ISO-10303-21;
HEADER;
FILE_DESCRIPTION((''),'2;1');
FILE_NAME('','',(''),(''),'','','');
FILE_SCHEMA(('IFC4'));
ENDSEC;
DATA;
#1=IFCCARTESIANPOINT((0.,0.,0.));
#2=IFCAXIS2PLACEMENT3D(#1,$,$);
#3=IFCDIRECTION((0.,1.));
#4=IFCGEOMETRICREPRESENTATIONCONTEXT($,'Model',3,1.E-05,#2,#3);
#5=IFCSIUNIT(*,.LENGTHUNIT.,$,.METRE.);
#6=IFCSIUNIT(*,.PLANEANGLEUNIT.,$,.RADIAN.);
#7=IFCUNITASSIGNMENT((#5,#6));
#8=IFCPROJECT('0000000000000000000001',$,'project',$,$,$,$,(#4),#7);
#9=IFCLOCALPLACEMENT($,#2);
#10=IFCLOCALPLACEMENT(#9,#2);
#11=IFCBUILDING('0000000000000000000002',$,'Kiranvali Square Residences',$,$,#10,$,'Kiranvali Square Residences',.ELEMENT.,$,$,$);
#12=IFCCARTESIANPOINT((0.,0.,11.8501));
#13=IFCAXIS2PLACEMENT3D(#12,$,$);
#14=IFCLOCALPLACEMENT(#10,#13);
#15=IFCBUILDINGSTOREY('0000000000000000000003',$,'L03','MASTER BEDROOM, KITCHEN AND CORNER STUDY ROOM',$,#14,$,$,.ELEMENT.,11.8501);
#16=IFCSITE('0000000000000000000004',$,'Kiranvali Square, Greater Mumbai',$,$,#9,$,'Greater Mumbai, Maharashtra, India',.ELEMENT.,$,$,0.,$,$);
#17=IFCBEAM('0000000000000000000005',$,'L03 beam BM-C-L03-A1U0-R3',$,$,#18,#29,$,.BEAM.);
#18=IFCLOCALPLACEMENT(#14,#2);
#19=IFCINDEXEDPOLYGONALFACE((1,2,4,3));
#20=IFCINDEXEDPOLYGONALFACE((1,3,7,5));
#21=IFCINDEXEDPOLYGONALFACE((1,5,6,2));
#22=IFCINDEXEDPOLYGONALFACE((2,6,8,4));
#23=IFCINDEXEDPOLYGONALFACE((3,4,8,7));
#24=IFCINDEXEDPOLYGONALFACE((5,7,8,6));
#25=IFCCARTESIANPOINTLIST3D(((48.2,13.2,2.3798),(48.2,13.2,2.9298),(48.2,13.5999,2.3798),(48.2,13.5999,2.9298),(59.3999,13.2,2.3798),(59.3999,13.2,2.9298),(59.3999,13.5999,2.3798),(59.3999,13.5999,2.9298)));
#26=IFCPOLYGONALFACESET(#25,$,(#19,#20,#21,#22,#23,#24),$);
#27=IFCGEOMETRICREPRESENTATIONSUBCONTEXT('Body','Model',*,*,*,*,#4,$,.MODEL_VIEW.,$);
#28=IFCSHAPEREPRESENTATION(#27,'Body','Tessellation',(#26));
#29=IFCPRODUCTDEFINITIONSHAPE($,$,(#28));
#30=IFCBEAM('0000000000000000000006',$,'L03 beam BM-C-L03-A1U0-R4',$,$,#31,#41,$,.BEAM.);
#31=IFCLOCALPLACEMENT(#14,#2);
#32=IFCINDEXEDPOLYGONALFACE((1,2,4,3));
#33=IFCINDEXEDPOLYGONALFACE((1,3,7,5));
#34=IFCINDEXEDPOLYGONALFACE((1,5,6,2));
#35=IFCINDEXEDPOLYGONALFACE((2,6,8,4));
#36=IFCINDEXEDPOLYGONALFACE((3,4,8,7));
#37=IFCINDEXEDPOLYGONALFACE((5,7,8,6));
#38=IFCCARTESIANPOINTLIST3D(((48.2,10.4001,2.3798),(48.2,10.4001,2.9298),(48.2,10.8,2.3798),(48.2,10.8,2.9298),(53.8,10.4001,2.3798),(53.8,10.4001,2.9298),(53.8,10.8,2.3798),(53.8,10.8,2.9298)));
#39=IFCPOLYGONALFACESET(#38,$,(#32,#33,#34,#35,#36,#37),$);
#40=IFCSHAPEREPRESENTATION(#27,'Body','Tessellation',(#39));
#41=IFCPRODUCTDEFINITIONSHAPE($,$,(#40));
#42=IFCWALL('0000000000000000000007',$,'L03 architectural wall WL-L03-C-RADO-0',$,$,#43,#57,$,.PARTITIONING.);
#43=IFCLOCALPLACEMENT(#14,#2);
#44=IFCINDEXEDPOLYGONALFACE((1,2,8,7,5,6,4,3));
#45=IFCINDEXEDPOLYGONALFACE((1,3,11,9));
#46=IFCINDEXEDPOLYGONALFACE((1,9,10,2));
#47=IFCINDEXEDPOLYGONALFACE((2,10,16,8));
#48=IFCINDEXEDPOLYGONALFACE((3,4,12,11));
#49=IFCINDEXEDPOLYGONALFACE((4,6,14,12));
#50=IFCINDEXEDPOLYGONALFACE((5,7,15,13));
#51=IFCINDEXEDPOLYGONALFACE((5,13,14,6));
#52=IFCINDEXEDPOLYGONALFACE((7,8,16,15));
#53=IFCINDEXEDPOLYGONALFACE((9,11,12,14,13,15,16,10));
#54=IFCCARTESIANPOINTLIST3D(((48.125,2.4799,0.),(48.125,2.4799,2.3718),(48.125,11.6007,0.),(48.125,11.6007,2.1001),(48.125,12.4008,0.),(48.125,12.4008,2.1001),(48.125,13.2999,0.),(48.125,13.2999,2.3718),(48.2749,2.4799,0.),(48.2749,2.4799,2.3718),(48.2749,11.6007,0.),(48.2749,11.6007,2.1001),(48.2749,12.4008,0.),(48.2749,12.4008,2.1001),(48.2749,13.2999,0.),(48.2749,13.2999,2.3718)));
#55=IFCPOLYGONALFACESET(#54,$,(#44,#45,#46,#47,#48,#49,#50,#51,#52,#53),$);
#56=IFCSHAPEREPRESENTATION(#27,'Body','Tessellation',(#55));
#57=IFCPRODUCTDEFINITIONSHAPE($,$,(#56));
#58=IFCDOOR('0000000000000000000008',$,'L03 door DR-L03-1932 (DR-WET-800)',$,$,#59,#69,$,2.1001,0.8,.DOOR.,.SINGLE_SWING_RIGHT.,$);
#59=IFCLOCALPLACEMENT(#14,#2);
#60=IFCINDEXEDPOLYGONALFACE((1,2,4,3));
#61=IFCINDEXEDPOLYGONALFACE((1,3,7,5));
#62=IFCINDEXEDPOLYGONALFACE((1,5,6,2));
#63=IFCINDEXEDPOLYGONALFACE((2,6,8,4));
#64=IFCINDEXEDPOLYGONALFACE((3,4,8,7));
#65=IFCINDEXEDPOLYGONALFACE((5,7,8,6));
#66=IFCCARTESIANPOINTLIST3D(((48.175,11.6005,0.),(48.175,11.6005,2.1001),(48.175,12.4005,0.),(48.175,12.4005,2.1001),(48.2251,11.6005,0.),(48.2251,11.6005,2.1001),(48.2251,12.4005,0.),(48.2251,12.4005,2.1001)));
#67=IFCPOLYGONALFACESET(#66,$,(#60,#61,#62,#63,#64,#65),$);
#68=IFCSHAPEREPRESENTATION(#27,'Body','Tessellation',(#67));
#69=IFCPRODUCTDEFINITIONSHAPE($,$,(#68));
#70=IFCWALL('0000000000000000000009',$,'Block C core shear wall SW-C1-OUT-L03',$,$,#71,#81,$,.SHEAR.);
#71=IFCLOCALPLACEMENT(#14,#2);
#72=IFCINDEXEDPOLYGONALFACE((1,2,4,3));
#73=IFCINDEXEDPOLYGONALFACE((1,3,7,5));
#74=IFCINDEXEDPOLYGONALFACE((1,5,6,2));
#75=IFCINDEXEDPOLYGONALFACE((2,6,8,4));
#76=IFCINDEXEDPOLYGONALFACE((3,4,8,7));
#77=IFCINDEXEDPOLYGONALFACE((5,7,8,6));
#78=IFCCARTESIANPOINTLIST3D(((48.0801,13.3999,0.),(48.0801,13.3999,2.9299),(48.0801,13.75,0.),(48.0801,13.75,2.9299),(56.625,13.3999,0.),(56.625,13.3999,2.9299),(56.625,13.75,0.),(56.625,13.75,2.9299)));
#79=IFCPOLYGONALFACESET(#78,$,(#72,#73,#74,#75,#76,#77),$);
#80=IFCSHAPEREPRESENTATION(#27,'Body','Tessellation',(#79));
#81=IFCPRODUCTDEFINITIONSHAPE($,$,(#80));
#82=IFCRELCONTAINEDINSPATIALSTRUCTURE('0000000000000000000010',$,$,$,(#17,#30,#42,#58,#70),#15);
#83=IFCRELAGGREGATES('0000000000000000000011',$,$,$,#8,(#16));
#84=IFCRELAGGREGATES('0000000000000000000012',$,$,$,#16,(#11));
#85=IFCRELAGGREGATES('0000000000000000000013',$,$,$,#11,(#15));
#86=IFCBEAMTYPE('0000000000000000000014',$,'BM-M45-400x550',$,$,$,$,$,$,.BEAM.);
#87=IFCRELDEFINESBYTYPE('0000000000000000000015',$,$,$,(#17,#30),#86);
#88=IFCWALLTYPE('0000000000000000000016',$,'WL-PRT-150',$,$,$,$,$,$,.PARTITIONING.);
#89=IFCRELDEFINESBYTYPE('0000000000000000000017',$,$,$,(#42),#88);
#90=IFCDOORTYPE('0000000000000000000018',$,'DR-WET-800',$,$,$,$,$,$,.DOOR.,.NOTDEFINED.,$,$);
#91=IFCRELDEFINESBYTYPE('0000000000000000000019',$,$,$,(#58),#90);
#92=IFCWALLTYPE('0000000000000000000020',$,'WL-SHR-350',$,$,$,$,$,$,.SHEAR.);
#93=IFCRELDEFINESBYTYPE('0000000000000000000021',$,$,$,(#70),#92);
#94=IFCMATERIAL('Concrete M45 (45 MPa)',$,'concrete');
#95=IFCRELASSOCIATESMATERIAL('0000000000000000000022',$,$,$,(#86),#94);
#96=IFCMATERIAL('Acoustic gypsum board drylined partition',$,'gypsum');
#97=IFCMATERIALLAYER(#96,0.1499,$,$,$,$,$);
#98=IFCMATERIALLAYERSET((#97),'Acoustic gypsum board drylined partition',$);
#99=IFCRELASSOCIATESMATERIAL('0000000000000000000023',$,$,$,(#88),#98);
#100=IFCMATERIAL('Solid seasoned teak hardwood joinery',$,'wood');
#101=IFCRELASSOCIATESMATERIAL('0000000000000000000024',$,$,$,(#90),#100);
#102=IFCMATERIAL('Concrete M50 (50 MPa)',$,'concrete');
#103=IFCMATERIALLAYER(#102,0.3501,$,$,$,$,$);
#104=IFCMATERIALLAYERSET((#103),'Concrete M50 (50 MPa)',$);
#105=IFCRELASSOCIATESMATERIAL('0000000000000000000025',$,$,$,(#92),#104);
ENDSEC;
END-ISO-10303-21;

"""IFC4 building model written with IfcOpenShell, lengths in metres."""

from ifc_helpers import new_model, si_unit, direction, frame, frame_2d, origin, origin_2d, place, context, subcontext, project, spatial, rectangle, extrude, material, layer, layer_set, material_profile, profile_set, type_object, element, fill, save


model = new_model("IFC4")

# Units and contexts
model_context = context("Model", 3, precision=1e-05, world=origin(), true_north=direction((0.0, 1.0)))
body_context = subcontext(model_context, "Body", "Model", "MODEL_VIEW")
ifc_project = project(units=[si_unit("LENGTHUNIT", "METRE"), si_unit("PLANEANGLEUNIT", "RADIAN")], contexts=[model_context])

# Site, building, storey
site_placement = place(None, origin())
site = spatial("IfcSite", under=ifc_project, at=site_placement, Name="Kiranvali Square, Greater Mumbai", LongName="Greater Mumbai, Maharashtra, India", CompositionType="ELEMENT", RefElevation=0.0)
building_placement = place(site_placement, origin())
building = spatial("IfcBuilding", under=site, at=building_placement, Name="Kiranvali Square Residences", LongName="Kiranvali Square Residences", CompositionType="ELEMENT")
storey_placement = place(building_placement, frame((0.0, 0.0, 11.8501)))
storey = spatial("IfcBuildingStorey", under=building, at=storey_placement, Name="L03", Description="MASTER BEDROOM, KITCHEN AND CORNER STUDY ROOM", CompositionType="ELEMENT", Elevation=11.8501)

# Shared definitions
ifc_material_1 = material(Name="Concrete M45 (45 MPa)", Category="concrete")
ifc_material_2 = material(Name="Concrete M50 (50 MPa)", Category="concrete")

# Beams
ifc_material_profile_1 = material_profile(ifc_material_1, rectangle(XDim=0.3999, YDim=0.55, at=origin_2d()), Name="RC 400x550")
ifc_profile_set_1 = profile_set([ifc_material_profile_1], Name="Concrete M45 (45 MPa)")
beam_type = type_object("IfcBeamType", Name="BM-M45-400x550", PredefinedType="BEAM", material=ifc_profile_set_1)
for number, where, z_axis, x_axis, name in (
    (1, (48.2, 13.3999, 2.6548), (1.0, 0.0, 0.0), (0.0, 1.0, 0.0), "L03 beam BM-C-L03-A1U0-R3"),
):
    element("IfcBeam", number, at=place(storey_placement, frame(where, z_axis=z_axis, x_axis=x_axis)), inside=storey, type_object=beam_type, Name=name, PredefinedType="BEAM", context=body_context, shape_type="SweptSolid", body=[
        extrude(rectangle(XDim=0.3999, YDim=0.55, at=origin_2d()), origin(), (0.0, 0.0, 1.0), 11.2),
    ])
beam_1_placement = place(storey_placement, frame((48.2, 10.6001, 2.6548), z_axis=(1.0, 0.0, 0.0), x_axis=(0.0, 1.0, 0.0)))
element("IfcBeam", 2, at=beam_1_placement, inside=storey, type_object=beam_type, Name="L03 beam BM-C-L03-A1U0-R4", PredefinedType="BEAM", context=body_context, shape_type="SweptSolid", body=[
    extrude(rectangle(XDim=0.3999, YDim=0.55, at=origin_2d()), origin(), (0.0, 0.0, 1.0), 5.6001),
])

# Wall, opening, door
ifc_material_3 = material(Name="Acoustic gypsum board drylined partition", Category="gypsum")
ifc_layer_1 = layer(ifc_material_3, 0.1499)
ifc_layer_set_1 = layer_set([ifc_layer_1], Name="Acoustic gypsum board drylined partition")
wall_type_1 = type_object("IfcWallType", Name="WL-PRT-150", PredefinedType="PARTITIONING", material=ifc_layer_set_1)
wall_1_placement = place(storey_placement, frame((48.2, 13.3, 0.0), z_axis=(0.0, 0.0, 1.0), x_axis=(0.0, -1.0, 0.0)))
wall_1 = element("IfcWall", 3, at=wall_1_placement, inside=storey, type_object=wall_type_1, Name="L03 architectural wall WL-L03-C-RADO-0", PredefinedType="PARTITIONING", context=body_context, shape_type="SweptSolid", body=[
    extrude(rectangle(XDim=10.8201, YDim=0.1499, at=frame_2d((5.4102, 0.0))), origin(), (0.0, 0.0, 1.0), 2.3718),
])
opening_placement = place(wall_1_placement, frame((0.8994, 0.0, 0.0)))
opening = element("IfcOpeningElement", 4, at=opening_placement, cuts=wall_1, PredefinedType="OPENING", context=body_context, shape_type="SweptSolid", body=[
    extrude(rectangle(XDim=0.8, YDim=2.1001, at=frame_2d((0.3999, 1.05))), frame((0.0, 0.085, 0.0), z_axis=(0.0, -1.0, 0.0), x_axis=(1.0, 0.0, 0.0)), (0.0, 0.0, 1.0), 0.1699),
])
ifc_material_4 = material(Name="Solid seasoned teak hardwood joinery", Category="wood")
door_type = type_object("IfcDoorType", Name="DR-WET-800", OperationType="NOTDEFINED", PredefinedType="DOOR", material=ifc_material_4)
door_placement = place(opening_placement, frame((0.8, 0.0, 0.0), z_axis=(0.0, 0.0, 1.0), x_axis=(-1.0, 0.0, 0.0)))
door = element("IfcDoor", 5, at=door_placement, inside=storey, type_object=door_type, Name="L03 door DR-L03-1932 (DR-WET-800)", OperationType="SINGLE_SWING_RIGHT", OverallHeight=2.1001, OverallWidth=0.8, PredefinedType="DOOR", context=body_context, shape_type="SweptSolid", body=[
    extrude(rectangle(XDim=0.8, YDim=2.1001, at=frame_2d((0.3999, 1.05))), frame((0.0, 0.0249, 0.0), z_axis=(0.0, -1.0, 0.0), x_axis=(1.0, 0.0, 0.0)), (0.0, 0.0, 1.0), 0.05),
])
fill(opening, door)

# Wall
ifc_layer_2 = layer(ifc_material_2, 0.3501)
ifc_layer_set_2 = layer_set([ifc_layer_2], Name="Concrete M50 (50 MPa)")
wall_type_2 = type_object("IfcWallType", Name="WL-SHR-350", PredefinedType="SHEAR", material=ifc_layer_set_2)
wall_2_placement = place(storey_placement, frame((48.0801, 13.575, 0.0), z_axis=(0.0, 0.0, 1.0), x_axis=(1.0, 0.0, 0.0)))
element("IfcWall", 6, at=wall_2_placement, inside=storey, type_object=wall_type_2, Name="Block C core shear wall SW-C1-OUT-L03", PredefinedType="SHEAR", context=body_context, shape_type="SweptSolid", body=[
    extrude(rectangle(XDim=8.5449, YDim=0.3501, at=frame_2d((4.2725, 0.0))), origin(), (0.0, 0.0, 1.0), 2.9299),
])

save(model, "model.ifc")
